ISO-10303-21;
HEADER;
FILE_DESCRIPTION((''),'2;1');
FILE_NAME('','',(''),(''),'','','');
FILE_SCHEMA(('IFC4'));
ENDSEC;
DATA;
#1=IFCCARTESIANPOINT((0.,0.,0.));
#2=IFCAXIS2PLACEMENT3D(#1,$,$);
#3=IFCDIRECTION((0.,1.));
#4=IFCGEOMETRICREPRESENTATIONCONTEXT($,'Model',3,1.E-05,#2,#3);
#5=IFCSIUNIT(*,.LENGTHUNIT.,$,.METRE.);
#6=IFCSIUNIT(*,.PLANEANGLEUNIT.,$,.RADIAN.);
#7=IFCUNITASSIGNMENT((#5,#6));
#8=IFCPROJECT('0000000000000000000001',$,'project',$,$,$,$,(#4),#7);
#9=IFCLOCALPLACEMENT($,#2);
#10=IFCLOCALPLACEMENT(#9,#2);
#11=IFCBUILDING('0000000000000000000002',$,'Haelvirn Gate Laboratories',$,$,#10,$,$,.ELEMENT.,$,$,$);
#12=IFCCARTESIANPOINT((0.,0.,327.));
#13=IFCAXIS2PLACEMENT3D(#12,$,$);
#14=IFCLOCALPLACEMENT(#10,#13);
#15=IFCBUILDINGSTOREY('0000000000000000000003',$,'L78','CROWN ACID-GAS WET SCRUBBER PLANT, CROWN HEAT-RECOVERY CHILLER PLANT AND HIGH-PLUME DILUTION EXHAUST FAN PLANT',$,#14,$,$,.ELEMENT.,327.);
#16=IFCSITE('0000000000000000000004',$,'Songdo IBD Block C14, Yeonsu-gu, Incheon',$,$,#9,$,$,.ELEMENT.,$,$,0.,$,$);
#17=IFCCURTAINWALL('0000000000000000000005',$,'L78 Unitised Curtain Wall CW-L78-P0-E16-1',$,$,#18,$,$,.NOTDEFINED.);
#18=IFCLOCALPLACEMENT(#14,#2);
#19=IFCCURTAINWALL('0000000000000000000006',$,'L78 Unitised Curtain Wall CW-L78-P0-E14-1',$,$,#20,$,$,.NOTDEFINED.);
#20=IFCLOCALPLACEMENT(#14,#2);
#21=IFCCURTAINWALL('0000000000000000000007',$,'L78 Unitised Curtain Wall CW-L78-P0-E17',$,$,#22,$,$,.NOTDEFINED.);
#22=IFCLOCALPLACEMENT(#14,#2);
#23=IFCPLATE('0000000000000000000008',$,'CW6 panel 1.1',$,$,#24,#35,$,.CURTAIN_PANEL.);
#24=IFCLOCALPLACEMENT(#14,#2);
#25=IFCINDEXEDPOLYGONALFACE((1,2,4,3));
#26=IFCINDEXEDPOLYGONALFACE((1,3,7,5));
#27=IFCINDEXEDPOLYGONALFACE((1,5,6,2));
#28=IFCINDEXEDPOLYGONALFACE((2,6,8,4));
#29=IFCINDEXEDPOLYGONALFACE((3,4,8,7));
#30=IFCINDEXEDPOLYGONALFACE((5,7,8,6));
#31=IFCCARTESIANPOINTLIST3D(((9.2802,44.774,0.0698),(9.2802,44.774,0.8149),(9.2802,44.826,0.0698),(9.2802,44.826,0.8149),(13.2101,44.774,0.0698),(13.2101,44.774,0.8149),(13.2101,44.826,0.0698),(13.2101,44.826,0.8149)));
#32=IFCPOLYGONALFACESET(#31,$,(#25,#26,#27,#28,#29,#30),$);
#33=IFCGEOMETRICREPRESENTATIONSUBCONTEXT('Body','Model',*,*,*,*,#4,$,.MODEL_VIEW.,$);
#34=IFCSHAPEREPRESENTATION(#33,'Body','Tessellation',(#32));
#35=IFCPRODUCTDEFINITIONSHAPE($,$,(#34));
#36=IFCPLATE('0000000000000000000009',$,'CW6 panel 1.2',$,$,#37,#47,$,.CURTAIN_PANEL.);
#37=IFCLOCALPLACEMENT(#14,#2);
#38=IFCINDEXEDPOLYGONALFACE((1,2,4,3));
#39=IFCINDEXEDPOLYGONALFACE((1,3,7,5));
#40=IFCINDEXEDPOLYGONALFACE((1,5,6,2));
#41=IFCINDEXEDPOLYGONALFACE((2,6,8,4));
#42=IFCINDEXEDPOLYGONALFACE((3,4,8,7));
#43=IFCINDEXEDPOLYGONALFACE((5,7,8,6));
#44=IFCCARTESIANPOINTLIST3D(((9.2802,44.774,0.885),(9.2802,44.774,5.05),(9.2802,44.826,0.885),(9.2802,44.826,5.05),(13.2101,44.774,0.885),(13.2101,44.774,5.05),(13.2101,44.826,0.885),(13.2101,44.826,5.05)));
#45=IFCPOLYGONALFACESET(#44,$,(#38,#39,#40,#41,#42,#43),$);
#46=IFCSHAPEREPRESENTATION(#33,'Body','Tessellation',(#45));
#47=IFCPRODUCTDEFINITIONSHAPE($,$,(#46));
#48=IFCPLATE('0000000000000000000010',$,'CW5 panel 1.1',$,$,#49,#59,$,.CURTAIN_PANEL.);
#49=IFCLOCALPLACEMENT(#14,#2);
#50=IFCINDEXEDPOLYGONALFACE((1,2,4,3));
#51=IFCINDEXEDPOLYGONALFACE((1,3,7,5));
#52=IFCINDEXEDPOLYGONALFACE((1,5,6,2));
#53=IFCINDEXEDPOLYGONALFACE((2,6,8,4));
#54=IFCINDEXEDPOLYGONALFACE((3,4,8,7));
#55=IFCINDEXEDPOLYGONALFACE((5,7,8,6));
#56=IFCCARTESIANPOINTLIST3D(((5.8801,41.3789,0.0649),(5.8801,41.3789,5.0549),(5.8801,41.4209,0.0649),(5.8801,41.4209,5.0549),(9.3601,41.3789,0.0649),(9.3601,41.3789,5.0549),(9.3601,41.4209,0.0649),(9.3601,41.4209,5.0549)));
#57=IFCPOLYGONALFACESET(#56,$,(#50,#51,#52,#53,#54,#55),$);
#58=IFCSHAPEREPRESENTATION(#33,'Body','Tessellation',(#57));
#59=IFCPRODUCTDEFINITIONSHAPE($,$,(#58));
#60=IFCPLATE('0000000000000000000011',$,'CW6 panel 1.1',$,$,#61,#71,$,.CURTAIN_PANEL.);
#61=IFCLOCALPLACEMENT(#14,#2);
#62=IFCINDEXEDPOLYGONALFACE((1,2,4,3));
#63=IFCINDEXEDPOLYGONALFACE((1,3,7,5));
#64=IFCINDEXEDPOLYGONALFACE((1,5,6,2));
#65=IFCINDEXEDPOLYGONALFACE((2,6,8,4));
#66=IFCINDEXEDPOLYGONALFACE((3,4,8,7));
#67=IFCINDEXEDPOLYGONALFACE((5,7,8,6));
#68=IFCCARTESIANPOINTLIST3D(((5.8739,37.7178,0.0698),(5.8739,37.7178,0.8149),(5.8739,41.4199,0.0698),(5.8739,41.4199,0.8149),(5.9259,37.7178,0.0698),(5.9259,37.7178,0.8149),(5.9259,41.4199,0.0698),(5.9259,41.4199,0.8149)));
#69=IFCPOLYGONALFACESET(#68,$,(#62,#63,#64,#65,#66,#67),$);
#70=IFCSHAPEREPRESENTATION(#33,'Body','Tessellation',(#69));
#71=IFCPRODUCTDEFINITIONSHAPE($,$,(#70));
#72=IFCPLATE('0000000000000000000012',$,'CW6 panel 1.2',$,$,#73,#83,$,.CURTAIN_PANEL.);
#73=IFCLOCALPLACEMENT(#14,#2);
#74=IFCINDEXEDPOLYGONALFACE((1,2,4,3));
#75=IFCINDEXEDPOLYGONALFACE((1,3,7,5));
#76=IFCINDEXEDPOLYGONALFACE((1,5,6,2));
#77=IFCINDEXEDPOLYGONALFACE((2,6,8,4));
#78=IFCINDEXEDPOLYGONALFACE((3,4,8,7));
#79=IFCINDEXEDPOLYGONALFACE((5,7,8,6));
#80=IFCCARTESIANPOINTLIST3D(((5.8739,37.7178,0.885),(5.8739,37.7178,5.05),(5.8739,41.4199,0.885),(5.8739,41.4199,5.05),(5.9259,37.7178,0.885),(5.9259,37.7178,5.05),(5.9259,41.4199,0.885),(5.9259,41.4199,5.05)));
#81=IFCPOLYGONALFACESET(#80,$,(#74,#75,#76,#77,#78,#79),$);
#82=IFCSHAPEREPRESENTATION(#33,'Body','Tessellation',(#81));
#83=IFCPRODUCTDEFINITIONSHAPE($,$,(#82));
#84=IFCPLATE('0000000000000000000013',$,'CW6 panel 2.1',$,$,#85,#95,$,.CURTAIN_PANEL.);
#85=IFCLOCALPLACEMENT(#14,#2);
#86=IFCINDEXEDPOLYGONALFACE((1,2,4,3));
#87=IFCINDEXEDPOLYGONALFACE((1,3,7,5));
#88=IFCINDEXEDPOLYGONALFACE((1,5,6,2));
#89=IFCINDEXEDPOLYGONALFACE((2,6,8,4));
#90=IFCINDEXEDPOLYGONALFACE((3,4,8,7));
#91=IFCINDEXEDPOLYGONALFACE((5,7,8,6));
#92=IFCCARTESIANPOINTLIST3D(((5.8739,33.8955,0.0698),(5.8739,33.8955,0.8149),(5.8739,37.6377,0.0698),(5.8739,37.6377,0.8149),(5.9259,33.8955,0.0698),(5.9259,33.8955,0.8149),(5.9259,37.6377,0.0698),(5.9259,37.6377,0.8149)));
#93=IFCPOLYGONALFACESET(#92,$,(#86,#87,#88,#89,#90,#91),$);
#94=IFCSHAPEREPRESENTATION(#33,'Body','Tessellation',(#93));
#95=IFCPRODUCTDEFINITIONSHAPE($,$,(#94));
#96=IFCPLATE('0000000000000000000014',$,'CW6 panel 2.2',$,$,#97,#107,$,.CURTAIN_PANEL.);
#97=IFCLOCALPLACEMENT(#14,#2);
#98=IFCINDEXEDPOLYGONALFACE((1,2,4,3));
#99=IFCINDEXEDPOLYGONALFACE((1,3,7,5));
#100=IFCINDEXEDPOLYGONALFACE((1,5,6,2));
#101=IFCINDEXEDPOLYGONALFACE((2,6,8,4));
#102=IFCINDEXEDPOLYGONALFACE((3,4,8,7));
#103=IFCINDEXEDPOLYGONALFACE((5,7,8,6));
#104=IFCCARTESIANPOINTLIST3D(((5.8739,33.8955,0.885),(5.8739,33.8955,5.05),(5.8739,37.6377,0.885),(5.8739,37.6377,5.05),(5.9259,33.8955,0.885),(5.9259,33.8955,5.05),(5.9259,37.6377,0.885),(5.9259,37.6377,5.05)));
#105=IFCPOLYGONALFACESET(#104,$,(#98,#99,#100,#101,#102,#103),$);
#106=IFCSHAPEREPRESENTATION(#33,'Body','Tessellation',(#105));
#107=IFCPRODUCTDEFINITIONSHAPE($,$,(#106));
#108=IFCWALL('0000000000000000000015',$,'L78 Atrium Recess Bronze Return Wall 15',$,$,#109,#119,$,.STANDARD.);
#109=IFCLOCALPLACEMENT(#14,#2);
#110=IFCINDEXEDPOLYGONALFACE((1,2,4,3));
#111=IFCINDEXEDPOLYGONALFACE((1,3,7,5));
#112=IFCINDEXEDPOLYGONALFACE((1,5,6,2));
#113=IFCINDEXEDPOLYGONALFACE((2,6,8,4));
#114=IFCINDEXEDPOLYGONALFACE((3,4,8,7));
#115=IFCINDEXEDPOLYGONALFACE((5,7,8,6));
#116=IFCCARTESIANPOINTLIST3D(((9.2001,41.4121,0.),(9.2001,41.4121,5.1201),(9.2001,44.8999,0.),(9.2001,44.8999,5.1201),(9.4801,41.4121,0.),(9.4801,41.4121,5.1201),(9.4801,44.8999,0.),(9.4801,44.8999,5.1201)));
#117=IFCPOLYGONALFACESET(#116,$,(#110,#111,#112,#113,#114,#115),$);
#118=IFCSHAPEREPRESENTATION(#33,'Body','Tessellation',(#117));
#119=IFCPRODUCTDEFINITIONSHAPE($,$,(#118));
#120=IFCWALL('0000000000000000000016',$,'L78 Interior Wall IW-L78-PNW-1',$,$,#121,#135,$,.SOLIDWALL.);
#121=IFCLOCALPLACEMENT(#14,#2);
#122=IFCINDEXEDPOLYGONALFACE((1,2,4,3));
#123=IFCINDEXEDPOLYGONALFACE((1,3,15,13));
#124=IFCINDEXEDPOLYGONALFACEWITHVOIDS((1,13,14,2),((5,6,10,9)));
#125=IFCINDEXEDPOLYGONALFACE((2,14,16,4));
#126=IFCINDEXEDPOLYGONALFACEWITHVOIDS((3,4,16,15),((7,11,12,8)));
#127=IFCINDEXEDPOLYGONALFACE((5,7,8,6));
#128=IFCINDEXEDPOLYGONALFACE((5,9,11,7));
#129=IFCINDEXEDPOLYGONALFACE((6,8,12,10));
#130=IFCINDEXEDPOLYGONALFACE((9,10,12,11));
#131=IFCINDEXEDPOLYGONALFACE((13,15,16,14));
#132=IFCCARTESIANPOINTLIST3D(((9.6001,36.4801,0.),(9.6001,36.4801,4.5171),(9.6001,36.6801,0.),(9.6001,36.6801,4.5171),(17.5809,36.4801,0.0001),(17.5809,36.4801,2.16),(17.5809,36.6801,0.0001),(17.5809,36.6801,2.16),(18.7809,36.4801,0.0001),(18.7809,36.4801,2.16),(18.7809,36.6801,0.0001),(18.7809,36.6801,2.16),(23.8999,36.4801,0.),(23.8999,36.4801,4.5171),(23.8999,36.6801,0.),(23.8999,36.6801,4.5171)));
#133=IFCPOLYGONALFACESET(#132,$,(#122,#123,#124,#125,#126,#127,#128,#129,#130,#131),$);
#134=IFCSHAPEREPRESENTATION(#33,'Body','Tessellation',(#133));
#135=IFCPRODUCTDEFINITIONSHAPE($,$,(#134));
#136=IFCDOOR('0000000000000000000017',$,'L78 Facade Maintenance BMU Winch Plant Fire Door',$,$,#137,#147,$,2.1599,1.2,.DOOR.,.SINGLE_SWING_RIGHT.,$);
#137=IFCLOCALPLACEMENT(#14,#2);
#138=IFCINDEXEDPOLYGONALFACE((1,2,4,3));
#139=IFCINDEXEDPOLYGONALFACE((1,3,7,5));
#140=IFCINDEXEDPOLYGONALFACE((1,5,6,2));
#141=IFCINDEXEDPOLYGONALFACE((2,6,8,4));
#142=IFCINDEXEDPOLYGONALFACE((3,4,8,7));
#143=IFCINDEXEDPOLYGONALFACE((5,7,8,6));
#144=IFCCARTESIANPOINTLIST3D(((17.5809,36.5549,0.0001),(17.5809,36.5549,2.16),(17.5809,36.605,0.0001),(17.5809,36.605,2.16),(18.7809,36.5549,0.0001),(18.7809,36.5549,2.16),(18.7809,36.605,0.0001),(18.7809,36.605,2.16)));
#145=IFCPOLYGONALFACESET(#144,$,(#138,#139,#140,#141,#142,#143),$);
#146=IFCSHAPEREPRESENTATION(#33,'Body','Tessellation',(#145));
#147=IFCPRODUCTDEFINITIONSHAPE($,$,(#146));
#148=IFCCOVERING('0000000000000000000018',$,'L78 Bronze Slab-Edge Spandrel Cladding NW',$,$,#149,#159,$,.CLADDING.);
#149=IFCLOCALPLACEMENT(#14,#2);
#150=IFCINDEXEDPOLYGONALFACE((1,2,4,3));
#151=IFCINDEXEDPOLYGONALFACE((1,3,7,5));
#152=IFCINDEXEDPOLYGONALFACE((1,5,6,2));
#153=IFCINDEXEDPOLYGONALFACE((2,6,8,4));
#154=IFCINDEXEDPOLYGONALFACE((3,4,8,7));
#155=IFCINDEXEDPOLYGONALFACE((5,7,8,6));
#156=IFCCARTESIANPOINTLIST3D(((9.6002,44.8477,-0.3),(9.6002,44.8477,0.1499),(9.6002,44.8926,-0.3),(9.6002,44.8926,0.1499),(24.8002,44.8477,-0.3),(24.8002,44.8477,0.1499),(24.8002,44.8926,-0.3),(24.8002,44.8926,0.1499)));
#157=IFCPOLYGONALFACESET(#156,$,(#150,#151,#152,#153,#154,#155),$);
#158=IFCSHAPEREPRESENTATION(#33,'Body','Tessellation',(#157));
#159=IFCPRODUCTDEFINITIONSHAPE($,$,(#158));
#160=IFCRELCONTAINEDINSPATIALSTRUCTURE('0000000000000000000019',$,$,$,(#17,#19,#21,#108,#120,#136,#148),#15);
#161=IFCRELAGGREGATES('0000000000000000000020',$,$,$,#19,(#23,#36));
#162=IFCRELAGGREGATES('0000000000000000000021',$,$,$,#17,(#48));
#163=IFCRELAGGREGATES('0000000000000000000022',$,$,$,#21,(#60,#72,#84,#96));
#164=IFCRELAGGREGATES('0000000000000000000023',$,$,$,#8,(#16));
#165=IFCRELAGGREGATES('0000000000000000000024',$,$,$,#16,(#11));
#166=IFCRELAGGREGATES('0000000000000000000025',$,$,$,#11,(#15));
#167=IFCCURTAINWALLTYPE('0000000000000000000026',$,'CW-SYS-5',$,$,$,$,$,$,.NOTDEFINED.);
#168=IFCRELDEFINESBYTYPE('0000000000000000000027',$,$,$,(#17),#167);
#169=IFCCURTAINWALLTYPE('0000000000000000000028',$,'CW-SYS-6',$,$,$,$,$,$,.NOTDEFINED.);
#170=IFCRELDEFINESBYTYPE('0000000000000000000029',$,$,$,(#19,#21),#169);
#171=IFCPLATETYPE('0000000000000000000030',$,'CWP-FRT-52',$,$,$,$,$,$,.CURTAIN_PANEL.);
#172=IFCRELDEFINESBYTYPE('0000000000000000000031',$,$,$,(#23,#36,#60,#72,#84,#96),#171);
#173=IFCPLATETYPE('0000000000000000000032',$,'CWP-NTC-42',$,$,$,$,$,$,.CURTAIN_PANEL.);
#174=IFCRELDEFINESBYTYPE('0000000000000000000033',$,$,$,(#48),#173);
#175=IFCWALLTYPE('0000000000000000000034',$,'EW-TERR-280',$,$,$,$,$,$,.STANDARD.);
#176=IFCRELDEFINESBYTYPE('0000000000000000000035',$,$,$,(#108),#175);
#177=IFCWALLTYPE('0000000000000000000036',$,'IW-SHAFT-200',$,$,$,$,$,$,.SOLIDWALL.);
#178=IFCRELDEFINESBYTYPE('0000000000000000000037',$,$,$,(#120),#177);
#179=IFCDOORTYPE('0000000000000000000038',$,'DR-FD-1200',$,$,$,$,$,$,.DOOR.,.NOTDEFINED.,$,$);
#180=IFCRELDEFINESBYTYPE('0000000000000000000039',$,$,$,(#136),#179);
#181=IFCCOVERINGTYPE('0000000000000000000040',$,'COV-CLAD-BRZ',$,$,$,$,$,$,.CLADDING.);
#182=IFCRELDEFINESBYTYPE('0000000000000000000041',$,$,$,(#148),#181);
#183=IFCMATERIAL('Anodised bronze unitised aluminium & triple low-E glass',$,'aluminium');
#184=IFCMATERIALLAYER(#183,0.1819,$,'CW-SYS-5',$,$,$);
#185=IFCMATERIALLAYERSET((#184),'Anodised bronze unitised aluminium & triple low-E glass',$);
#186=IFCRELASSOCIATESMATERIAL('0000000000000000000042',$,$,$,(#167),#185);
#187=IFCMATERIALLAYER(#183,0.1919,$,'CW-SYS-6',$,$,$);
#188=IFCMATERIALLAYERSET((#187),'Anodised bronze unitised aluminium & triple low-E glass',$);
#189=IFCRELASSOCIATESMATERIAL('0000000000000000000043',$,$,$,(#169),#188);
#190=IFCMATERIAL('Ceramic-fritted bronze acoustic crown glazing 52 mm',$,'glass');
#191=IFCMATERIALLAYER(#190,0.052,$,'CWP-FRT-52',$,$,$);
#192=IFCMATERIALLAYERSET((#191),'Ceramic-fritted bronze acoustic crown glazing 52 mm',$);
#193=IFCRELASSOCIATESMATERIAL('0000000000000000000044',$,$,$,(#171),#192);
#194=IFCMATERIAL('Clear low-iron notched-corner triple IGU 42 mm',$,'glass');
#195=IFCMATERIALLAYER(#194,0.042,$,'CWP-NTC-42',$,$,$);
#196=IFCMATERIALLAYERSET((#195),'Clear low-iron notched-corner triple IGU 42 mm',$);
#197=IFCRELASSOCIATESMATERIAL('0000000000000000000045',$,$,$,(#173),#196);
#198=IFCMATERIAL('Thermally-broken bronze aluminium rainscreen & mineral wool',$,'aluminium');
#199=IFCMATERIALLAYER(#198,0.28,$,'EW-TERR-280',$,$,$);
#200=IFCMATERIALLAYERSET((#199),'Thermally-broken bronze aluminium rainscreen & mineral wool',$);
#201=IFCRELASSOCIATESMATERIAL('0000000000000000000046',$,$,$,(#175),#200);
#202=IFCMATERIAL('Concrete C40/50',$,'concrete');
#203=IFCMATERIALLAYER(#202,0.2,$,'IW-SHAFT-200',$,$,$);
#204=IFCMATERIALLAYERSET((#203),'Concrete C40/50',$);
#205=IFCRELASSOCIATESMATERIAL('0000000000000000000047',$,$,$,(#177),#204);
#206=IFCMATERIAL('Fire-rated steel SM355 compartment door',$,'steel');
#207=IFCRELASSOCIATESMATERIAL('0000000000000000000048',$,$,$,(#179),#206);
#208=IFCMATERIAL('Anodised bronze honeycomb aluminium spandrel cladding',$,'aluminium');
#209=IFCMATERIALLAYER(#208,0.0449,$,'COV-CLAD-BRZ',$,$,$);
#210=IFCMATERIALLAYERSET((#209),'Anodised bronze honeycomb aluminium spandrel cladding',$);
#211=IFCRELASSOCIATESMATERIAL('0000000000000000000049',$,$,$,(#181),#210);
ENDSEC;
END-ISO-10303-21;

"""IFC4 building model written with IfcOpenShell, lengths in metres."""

from ifc_helpers import new_model, si_unit, direction, frame, frame_2d, origin, origin_2d, place, context, subcontext, project, spatial, rectangle, extrude, source, transform, mapped, material, layer, layer_set, type_object, type_shapes, element, fill, aggregate, save


model = new_model("IFC4")

# Units and contexts
model_context = context("Model", 3, precision=1e-05, world=origin(), true_north=direction((0.0, 1.0)))
body_context = subcontext(model_context, "Body", "Model", "MODEL_VIEW")
ifc_project = project(units=[si_unit("LENGTHUNIT", "METRE"), si_unit("PLANEANGLEUNIT", "RADIAN")], contexts=[model_context])

# Site, building, storey
site_placement = place(None, origin())
site = spatial("IfcSite", under=ifc_project, at=site_placement, Name="Songdo IBD Block C14, Yeonsu-gu, Incheon", CompositionType="ELEMENT", RefElevation=0.0)
building_placement = place(site_placement, origin())
building = spatial("IfcBuilding", under=site, at=building_placement, Name="Haelvirn Gate Laboratories", CompositionType="ELEMENT")
storey_placement = place(building_placement, frame((0.0, 0.0, 327.0)))
storey = spatial("IfcBuildingStorey", under=building, at=storey_placement, Name="L78", Description="CROWN ACID-GAS WET SCRUBBER PLANT, CROWN HEAT-RECOVERY CHILLER PLANT AND HIGH-PLUME DILUTION EXHAUST FAN PLANT", CompositionType="ELEMENT", Elevation=327.0)

# Curtain walls
ifc_material_1 = material(Name="Anodised bronze unitised aluminium & triple low-E glass", Category="aluminium")
ifc_layer_1 = layer(ifc_material_1, 0.1819, Name="CW-SYS-5")
ifc_layer_set_1 = layer_set([ifc_layer_1], Name="Anodised bronze unitised aluminium & triple low-E glass")
curtain_wall_type_1 = type_object("IfcCurtainWallType", Name="CW-SYS-5", PredefinedType="NOTDEFINED", material=ifc_layer_set_1)
curtain_wall_1_placement = place(storey_placement, origin())
curtain_wall_1 = element("IfcCurtainWall", 1, at=curtain_wall_1_placement, inside=storey, type_object=curtain_wall_type_1, Name="L78 Unitised Curtain Wall CW-L78-P0-E16-1", PredefinedType="NOTDEFINED")
ifc_layer_2 = layer(ifc_material_1, 0.1919, Name="CW-SYS-6")
ifc_layer_set_2 = layer_set([ifc_layer_2], Name="Anodised bronze unitised aluminium & triple low-E glass")
curtain_wall_type_2 = type_object("IfcCurtainWallType", Name="CW-SYS-6", PredefinedType="NOTDEFINED", material=ifc_layer_set_2)
curtain_wall_2_placement = place(storey_placement, origin())
curtain_wall_2 = element("IfcCurtainWall", 2, at=curtain_wall_2_placement, inside=storey, type_object=curtain_wall_type_2, Name="L78 Unitised Curtain Wall CW-L78-P0-E14-1", PredefinedType="NOTDEFINED")

# Curtain wall
curtain_wall_3_placement = place(storey_placement, origin())
curtain_wall_3 = element("IfcCurtainWall", 3, at=curtain_wall_3_placement, inside=storey, type_object=curtain_wall_type_2, Name="L78 Unitised Curtain Wall CW-L78-P0-E17", PredefinedType="NOTDEFINED")

# Plates
ifc_material_2 = material(Name="Ceramic-fritted bronze acoustic crown glazing 52 mm", Category="glass")
ifc_layer_3 = layer(ifc_material_2, 0.052, Name="CWP-FRT-52")
ifc_layer_set_3 = layer_set([ifc_layer_3], Name="Ceramic-fritted bronze acoustic crown glazing 52 mm")
plate_type_1 = type_object("IfcPlateType", Name="CWP-FRT-52", PredefinedType="CURTAIN_PANEL", material=ifc_layer_set_3)
shared_shape_1 = source(origin(), body_context, "Body", "SweptSolid", [
    extrude(rectangle(XDim=3.9299, YDim=0.052, at=origin_2d()), origin(), (0.0, 0.0, 1.0), 0.7451),
])
plate_1_placement = place(storey_placement, frame((11.2451, 44.8, 0.0698), z_axis=(0.0, 0.0, 1.0), x_axis=(1.0, 0.0, 0.0)))
plate_1 = element("IfcPlate", 4, at=plate_1_placement, type_object=plate_type_1, Name="CW6 panel 1.1", PredefinedType="CURTAIN_PANEL", context=body_context, shape_type="MappedRepresentation", body=[
    mapped(shared_shape_1, transform((0.0, 0.0, 0.0), scale=1.0)),
])
shared_shape_2 = source(origin(), body_context, "Body", "SweptSolid", [
    extrude(rectangle(XDim=3.9299, YDim=0.052, at=origin_2d()), origin(), (0.0, 0.0, 1.0), 4.165),
])
plate_2_placement = place(storey_placement, frame((11.2451, 44.8, 0.885), z_axis=(0.0, 0.0, 1.0), x_axis=(1.0, 0.0, 0.0)))
plate_2 = element("IfcPlate", 5, at=plate_2_placement, type_object=plate_type_1, Name="CW6 panel 1.2", PredefinedType="CURTAIN_PANEL", context=body_context, shape_type="MappedRepresentation", body=[
    mapped(shared_shape_2, transform((0.0, 0.0, 0.0), scale=1.0)),
])
aggregate(curtain_wall_2, [plate_1, plate_2])
ifc_material_3 = material(Name="Clear low-iron notched-corner triple IGU 42 mm", Category="glass")
ifc_layer_4 = layer(ifc_material_3, 0.042, Name="CWP-NTC-42")
ifc_layer_set_4 = layer_set([ifc_layer_4], Name="Clear low-iron notched-corner triple IGU 42 mm")
plate_type_2 = type_object("IfcPlateType", Name="CWP-NTC-42", PredefinedType="CURTAIN_PANEL", material=ifc_layer_set_4)
shared_shape_3 = source(origin(), body_context, "Body", "SweptSolid", [
    extrude(rectangle(XDim=3.48, YDim=0.042, at=origin_2d()), origin(), (0.0, 0.0, 1.0), 4.99),
])
type_shapes(plate_type_2, [shared_shape_3])
plate_3_placement = place(storey_placement, frame((7.6201, 41.3999, 0.0649), z_axis=(0.0, 0.0, 1.0), x_axis=(1.0, 0.0, 0.0)))
plate_3 = element("IfcPlate", 6, at=plate_3_placement, type_object=plate_type_2, Name="CW5 panel 1.1", PredefinedType="CURTAIN_PANEL", context=body_context, shape_type="MappedRepresentation", body=[
    mapped(shared_shape_3, transform((0.0, 0.0, 0.0), scale=1.0)),
])
aggregate(curtain_wall_1, [plate_3])
shared_shape_4 = source(origin(), body_context, "Body", "SweptSolid", [
    extrude(rectangle(XDim=3.7021, YDim=0.052, at=origin_2d()), origin(), (0.0, 0.0, 1.0), 0.7451),
])
plate_4_placement = place(storey_placement, frame((5.8999, 39.5688, 0.0698), z_axis=(0.0, 0.0, 1.0), x_axis=(0.0, -1.0, 0.0)))
plate_4 = element("IfcPlate", 7, at=plate_4_placement, type_object=plate_type_1, Name="CW6 panel 1.1", PredefinedType="CURTAIN_PANEL", context=body_context, shape_type="MappedRepresentation", body=[
    mapped(shared_shape_4, transform((0.0, 0.0, 0.0), scale=1.0)),
])
shared_shape_5 = source(origin(), body_context, "Body", "SweptSolid", [
    extrude(rectangle(XDim=3.7021, YDim=0.052, at=origin_2d()), origin(), (0.0, 0.0, 1.0), 4.165),
])
plate_5_placement = place(storey_placement, frame((5.8999, 39.5688, 0.885), z_axis=(0.0, 0.0, 1.0), x_axis=(0.0, -1.0, 0.0)))
plate_5 = element("IfcPlate", 8, at=plate_5_placement, type_object=plate_type_1, Name="CW6 panel 1.2", PredefinedType="CURTAIN_PANEL", context=body_context, shape_type="MappedRepresentation", body=[
    mapped(shared_shape_5, transform((0.0, 0.0, 0.0), scale=1.0)),
])
shared_shape_6 = source(origin(), body_context, "Body", "SweptSolid", [
    extrude(rectangle(XDim=3.7422, YDim=0.052, at=origin_2d()), origin(), (0.0, 0.0, 1.0), 0.7451),
])
plate_6_placement = place(storey_placement, frame((5.8999, 35.7666, 0.0698), z_axis=(0.0, 0.0, 1.0), x_axis=(0.0, -1.0, 0.0)))
plate_6 = element("IfcPlate", 9, at=plate_6_placement, type_object=plate_type_1, Name="CW6 panel 2.1", PredefinedType="CURTAIN_PANEL", context=body_context, shape_type="MappedRepresentation", body=[
    mapped(shared_shape_6, transform((0.0, 0.0, 0.0), scale=1.0)),
])
shared_shape_7 = source(origin(), body_context, "Body", "SweptSolid", [
    extrude(rectangle(XDim=3.7422, YDim=0.052, at=origin_2d()), origin(), (0.0, 0.0, 1.0), 4.165),
])
type_shapes(plate_type_1, [shared_shape_1, shared_shape_2, shared_shape_4, shared_shape_5, shared_shape_6, shared_shape_7])
plate_7_placement = place(storey_placement, frame((5.8999, 35.7666, 0.885), z_axis=(0.0, 0.0, 1.0), x_axis=(0.0, -1.0, 0.0)))
plate_7 = element("IfcPlate", 10, at=plate_7_placement, type_object=plate_type_1, Name="CW6 panel 2.2", PredefinedType="CURTAIN_PANEL", context=body_context, shape_type="MappedRepresentation", body=[
    mapped(shared_shape_7, transform((0.0, 0.0, 0.0), scale=1.0)),
])
aggregate(curtain_wall_3, [plate_4, plate_5, plate_6, plate_7])

# Wall
ifc_material_4 = material(Name="Thermally-broken bronze aluminium rainscreen & mineral wool", Category="aluminium")
ifc_layer_5 = layer(ifc_material_4, 0.28, Name="EW-TERR-280")
ifc_layer_set_5 = layer_set([ifc_layer_5], Name="Thermally-broken bronze aluminium rainscreen & mineral wool")
wall_type_1 = type_object("IfcWallType", Name="EW-TERR-280", PredefinedType="STANDARD", material=ifc_layer_set_5)
wall_1_placement = place(storey_placement, frame((9.3401, 44.8999, 0.0), z_axis=(0.0, 0.0, 1.0), x_axis=(0.0, -1.0, 0.0)))
element("IfcWall", 11, at=wall_1_placement, inside=storey, type_object=wall_type_1, Name="L78 Atrium Recess Bronze Return Wall 15", PredefinedType="STANDARD", context=body_context, shape_type="SweptSolid", body=[
    extrude(rectangle(XDim=3.4878, YDim=0.28, at=frame_2d((1.7439, 0.0))), origin(), (0.0, 0.0, 1.0), 5.1201),
])

# Wall, opening, door
ifc_material_5 = material(Name="Concrete C40/50", Category="concrete")
ifc_layer_6 = layer(ifc_material_5, 0.2, Name="IW-SHAFT-200")
ifc_layer_set_6 = layer_set([ifc_layer_6], Name="Concrete C40/50")
wall_type_2 = type_object("IfcWallType", Name="IW-SHAFT-200", PredefinedType="SOLIDWALL", material=ifc_layer_set_6)
wall_2_placement = place(storey_placement, frame((9.6001, 36.5801, 0.0), z_axis=(0.0, 0.0, 1.0), x_axis=(1.0, 0.0, 0.0)))
wall_2 = element("IfcWall", 12, at=wall_2_placement, inside=storey, type_object=wall_type_2, Name="L78 Interior Wall IW-L78-PNW-1", PredefinedType="SOLIDWALL", context=body_context, shape_type="SweptSolid", body=[
    extrude(rectangle(XDim=14.2998, YDim=0.2, at=frame_2d((7.1499, 0.0))), origin(), (0.0, 0.0, 1.0), 4.5171),
])
opening_placement = place(wall_2_placement, frame((7.9807, 0.0, 0.0)))
opening = element("IfcOpeningElement", 13, at=opening_placement, cuts=wall_2, PredefinedType="OPENING", context=body_context, shape_type="SweptSolid", body=[
    extrude(rectangle(XDim=1.2, YDim=2.1599, at=frame_2d((0.6001, 1.0801))), frame((0.0, 0.1099, 0.0), z_axis=(0.0, -1.0, 0.0), x_axis=(1.0, 0.0, 0.0)), (0.0, 0.0, 1.0), 0.22),
])
ifc_material_6 = material(Name="Fire-rated steel SM355 compartment door", Category="steel")
door_type = type_object("IfcDoorType", Name="DR-FD-1200", OperationType="NOTDEFINED", PredefinedType="DOOR", material=ifc_material_6)
shared_shape_8 = source(origin(), body_context, "Body", "SweptSolid", [
    extrude(rectangle(XDim=1.2, YDim=2.1599, at=frame_2d((0.6001, 1.0801))), frame((0.0, 0.0249, 0.0), z_axis=(0.0, -1.0, 0.0), x_axis=(1.0, 0.0, 0.0)), (0.0, 0.0, 1.0), 0.05),
])
type_shapes(door_type, [shared_shape_8])
door_placement = place(opening_placement, origin())
door = element("IfcDoor", 14, at=door_placement, inside=storey, type_object=door_type, Name="L78 Facade Maintenance BMU Winch Plant Fire Door", OperationType="SINGLE_SWING_RIGHT", OverallHeight=2.1599, OverallWidth=1.2, PredefinedType="DOOR", context=body_context, shape_type="MappedRepresentation", body=[
    mapped(shared_shape_8, transform((0.0, 0.0, 0.0), scale=1.0)),
])
fill(opening, door)

# Covering
ifc_material_7 = material(Name="Anodised bronze honeycomb aluminium spandrel cladding", Category="aluminium")
ifc_layer_7 = layer(ifc_material_7, 0.0449, Name="COV-CLAD-BRZ")
ifc_layer_set_7 = layer_set([ifc_layer_7], Name="Anodised bronze honeycomb aluminium spandrel cladding")
covering_type = type_object("IfcCoveringType", Name="COV-CLAD-BRZ", PredefinedType="CLADDING", material=ifc_layer_set_7)
covering_placement = place(storey_placement, frame((9.6001, 44.8701, -0.3), z_axis=(0.0, 0.0, 1.0), x_axis=(1.0, 0.0, 0.0)))
element("IfcCovering", 15, at=covering_placement, inside=storey, type_object=covering_type, Name="L78 Bronze Slab-Edge Spandrel Cladding NW", PredefinedType="CLADDING", context=body_context, shape_type="SweptSolid", body=[
    extrude(rectangle(XDim=15.2, YDim=0.0449, at=frame_2d((7.6001, 0.0))), origin(), (0.0, 0.0, 1.0), 0.45),
])

save(model, "model.ifc")
